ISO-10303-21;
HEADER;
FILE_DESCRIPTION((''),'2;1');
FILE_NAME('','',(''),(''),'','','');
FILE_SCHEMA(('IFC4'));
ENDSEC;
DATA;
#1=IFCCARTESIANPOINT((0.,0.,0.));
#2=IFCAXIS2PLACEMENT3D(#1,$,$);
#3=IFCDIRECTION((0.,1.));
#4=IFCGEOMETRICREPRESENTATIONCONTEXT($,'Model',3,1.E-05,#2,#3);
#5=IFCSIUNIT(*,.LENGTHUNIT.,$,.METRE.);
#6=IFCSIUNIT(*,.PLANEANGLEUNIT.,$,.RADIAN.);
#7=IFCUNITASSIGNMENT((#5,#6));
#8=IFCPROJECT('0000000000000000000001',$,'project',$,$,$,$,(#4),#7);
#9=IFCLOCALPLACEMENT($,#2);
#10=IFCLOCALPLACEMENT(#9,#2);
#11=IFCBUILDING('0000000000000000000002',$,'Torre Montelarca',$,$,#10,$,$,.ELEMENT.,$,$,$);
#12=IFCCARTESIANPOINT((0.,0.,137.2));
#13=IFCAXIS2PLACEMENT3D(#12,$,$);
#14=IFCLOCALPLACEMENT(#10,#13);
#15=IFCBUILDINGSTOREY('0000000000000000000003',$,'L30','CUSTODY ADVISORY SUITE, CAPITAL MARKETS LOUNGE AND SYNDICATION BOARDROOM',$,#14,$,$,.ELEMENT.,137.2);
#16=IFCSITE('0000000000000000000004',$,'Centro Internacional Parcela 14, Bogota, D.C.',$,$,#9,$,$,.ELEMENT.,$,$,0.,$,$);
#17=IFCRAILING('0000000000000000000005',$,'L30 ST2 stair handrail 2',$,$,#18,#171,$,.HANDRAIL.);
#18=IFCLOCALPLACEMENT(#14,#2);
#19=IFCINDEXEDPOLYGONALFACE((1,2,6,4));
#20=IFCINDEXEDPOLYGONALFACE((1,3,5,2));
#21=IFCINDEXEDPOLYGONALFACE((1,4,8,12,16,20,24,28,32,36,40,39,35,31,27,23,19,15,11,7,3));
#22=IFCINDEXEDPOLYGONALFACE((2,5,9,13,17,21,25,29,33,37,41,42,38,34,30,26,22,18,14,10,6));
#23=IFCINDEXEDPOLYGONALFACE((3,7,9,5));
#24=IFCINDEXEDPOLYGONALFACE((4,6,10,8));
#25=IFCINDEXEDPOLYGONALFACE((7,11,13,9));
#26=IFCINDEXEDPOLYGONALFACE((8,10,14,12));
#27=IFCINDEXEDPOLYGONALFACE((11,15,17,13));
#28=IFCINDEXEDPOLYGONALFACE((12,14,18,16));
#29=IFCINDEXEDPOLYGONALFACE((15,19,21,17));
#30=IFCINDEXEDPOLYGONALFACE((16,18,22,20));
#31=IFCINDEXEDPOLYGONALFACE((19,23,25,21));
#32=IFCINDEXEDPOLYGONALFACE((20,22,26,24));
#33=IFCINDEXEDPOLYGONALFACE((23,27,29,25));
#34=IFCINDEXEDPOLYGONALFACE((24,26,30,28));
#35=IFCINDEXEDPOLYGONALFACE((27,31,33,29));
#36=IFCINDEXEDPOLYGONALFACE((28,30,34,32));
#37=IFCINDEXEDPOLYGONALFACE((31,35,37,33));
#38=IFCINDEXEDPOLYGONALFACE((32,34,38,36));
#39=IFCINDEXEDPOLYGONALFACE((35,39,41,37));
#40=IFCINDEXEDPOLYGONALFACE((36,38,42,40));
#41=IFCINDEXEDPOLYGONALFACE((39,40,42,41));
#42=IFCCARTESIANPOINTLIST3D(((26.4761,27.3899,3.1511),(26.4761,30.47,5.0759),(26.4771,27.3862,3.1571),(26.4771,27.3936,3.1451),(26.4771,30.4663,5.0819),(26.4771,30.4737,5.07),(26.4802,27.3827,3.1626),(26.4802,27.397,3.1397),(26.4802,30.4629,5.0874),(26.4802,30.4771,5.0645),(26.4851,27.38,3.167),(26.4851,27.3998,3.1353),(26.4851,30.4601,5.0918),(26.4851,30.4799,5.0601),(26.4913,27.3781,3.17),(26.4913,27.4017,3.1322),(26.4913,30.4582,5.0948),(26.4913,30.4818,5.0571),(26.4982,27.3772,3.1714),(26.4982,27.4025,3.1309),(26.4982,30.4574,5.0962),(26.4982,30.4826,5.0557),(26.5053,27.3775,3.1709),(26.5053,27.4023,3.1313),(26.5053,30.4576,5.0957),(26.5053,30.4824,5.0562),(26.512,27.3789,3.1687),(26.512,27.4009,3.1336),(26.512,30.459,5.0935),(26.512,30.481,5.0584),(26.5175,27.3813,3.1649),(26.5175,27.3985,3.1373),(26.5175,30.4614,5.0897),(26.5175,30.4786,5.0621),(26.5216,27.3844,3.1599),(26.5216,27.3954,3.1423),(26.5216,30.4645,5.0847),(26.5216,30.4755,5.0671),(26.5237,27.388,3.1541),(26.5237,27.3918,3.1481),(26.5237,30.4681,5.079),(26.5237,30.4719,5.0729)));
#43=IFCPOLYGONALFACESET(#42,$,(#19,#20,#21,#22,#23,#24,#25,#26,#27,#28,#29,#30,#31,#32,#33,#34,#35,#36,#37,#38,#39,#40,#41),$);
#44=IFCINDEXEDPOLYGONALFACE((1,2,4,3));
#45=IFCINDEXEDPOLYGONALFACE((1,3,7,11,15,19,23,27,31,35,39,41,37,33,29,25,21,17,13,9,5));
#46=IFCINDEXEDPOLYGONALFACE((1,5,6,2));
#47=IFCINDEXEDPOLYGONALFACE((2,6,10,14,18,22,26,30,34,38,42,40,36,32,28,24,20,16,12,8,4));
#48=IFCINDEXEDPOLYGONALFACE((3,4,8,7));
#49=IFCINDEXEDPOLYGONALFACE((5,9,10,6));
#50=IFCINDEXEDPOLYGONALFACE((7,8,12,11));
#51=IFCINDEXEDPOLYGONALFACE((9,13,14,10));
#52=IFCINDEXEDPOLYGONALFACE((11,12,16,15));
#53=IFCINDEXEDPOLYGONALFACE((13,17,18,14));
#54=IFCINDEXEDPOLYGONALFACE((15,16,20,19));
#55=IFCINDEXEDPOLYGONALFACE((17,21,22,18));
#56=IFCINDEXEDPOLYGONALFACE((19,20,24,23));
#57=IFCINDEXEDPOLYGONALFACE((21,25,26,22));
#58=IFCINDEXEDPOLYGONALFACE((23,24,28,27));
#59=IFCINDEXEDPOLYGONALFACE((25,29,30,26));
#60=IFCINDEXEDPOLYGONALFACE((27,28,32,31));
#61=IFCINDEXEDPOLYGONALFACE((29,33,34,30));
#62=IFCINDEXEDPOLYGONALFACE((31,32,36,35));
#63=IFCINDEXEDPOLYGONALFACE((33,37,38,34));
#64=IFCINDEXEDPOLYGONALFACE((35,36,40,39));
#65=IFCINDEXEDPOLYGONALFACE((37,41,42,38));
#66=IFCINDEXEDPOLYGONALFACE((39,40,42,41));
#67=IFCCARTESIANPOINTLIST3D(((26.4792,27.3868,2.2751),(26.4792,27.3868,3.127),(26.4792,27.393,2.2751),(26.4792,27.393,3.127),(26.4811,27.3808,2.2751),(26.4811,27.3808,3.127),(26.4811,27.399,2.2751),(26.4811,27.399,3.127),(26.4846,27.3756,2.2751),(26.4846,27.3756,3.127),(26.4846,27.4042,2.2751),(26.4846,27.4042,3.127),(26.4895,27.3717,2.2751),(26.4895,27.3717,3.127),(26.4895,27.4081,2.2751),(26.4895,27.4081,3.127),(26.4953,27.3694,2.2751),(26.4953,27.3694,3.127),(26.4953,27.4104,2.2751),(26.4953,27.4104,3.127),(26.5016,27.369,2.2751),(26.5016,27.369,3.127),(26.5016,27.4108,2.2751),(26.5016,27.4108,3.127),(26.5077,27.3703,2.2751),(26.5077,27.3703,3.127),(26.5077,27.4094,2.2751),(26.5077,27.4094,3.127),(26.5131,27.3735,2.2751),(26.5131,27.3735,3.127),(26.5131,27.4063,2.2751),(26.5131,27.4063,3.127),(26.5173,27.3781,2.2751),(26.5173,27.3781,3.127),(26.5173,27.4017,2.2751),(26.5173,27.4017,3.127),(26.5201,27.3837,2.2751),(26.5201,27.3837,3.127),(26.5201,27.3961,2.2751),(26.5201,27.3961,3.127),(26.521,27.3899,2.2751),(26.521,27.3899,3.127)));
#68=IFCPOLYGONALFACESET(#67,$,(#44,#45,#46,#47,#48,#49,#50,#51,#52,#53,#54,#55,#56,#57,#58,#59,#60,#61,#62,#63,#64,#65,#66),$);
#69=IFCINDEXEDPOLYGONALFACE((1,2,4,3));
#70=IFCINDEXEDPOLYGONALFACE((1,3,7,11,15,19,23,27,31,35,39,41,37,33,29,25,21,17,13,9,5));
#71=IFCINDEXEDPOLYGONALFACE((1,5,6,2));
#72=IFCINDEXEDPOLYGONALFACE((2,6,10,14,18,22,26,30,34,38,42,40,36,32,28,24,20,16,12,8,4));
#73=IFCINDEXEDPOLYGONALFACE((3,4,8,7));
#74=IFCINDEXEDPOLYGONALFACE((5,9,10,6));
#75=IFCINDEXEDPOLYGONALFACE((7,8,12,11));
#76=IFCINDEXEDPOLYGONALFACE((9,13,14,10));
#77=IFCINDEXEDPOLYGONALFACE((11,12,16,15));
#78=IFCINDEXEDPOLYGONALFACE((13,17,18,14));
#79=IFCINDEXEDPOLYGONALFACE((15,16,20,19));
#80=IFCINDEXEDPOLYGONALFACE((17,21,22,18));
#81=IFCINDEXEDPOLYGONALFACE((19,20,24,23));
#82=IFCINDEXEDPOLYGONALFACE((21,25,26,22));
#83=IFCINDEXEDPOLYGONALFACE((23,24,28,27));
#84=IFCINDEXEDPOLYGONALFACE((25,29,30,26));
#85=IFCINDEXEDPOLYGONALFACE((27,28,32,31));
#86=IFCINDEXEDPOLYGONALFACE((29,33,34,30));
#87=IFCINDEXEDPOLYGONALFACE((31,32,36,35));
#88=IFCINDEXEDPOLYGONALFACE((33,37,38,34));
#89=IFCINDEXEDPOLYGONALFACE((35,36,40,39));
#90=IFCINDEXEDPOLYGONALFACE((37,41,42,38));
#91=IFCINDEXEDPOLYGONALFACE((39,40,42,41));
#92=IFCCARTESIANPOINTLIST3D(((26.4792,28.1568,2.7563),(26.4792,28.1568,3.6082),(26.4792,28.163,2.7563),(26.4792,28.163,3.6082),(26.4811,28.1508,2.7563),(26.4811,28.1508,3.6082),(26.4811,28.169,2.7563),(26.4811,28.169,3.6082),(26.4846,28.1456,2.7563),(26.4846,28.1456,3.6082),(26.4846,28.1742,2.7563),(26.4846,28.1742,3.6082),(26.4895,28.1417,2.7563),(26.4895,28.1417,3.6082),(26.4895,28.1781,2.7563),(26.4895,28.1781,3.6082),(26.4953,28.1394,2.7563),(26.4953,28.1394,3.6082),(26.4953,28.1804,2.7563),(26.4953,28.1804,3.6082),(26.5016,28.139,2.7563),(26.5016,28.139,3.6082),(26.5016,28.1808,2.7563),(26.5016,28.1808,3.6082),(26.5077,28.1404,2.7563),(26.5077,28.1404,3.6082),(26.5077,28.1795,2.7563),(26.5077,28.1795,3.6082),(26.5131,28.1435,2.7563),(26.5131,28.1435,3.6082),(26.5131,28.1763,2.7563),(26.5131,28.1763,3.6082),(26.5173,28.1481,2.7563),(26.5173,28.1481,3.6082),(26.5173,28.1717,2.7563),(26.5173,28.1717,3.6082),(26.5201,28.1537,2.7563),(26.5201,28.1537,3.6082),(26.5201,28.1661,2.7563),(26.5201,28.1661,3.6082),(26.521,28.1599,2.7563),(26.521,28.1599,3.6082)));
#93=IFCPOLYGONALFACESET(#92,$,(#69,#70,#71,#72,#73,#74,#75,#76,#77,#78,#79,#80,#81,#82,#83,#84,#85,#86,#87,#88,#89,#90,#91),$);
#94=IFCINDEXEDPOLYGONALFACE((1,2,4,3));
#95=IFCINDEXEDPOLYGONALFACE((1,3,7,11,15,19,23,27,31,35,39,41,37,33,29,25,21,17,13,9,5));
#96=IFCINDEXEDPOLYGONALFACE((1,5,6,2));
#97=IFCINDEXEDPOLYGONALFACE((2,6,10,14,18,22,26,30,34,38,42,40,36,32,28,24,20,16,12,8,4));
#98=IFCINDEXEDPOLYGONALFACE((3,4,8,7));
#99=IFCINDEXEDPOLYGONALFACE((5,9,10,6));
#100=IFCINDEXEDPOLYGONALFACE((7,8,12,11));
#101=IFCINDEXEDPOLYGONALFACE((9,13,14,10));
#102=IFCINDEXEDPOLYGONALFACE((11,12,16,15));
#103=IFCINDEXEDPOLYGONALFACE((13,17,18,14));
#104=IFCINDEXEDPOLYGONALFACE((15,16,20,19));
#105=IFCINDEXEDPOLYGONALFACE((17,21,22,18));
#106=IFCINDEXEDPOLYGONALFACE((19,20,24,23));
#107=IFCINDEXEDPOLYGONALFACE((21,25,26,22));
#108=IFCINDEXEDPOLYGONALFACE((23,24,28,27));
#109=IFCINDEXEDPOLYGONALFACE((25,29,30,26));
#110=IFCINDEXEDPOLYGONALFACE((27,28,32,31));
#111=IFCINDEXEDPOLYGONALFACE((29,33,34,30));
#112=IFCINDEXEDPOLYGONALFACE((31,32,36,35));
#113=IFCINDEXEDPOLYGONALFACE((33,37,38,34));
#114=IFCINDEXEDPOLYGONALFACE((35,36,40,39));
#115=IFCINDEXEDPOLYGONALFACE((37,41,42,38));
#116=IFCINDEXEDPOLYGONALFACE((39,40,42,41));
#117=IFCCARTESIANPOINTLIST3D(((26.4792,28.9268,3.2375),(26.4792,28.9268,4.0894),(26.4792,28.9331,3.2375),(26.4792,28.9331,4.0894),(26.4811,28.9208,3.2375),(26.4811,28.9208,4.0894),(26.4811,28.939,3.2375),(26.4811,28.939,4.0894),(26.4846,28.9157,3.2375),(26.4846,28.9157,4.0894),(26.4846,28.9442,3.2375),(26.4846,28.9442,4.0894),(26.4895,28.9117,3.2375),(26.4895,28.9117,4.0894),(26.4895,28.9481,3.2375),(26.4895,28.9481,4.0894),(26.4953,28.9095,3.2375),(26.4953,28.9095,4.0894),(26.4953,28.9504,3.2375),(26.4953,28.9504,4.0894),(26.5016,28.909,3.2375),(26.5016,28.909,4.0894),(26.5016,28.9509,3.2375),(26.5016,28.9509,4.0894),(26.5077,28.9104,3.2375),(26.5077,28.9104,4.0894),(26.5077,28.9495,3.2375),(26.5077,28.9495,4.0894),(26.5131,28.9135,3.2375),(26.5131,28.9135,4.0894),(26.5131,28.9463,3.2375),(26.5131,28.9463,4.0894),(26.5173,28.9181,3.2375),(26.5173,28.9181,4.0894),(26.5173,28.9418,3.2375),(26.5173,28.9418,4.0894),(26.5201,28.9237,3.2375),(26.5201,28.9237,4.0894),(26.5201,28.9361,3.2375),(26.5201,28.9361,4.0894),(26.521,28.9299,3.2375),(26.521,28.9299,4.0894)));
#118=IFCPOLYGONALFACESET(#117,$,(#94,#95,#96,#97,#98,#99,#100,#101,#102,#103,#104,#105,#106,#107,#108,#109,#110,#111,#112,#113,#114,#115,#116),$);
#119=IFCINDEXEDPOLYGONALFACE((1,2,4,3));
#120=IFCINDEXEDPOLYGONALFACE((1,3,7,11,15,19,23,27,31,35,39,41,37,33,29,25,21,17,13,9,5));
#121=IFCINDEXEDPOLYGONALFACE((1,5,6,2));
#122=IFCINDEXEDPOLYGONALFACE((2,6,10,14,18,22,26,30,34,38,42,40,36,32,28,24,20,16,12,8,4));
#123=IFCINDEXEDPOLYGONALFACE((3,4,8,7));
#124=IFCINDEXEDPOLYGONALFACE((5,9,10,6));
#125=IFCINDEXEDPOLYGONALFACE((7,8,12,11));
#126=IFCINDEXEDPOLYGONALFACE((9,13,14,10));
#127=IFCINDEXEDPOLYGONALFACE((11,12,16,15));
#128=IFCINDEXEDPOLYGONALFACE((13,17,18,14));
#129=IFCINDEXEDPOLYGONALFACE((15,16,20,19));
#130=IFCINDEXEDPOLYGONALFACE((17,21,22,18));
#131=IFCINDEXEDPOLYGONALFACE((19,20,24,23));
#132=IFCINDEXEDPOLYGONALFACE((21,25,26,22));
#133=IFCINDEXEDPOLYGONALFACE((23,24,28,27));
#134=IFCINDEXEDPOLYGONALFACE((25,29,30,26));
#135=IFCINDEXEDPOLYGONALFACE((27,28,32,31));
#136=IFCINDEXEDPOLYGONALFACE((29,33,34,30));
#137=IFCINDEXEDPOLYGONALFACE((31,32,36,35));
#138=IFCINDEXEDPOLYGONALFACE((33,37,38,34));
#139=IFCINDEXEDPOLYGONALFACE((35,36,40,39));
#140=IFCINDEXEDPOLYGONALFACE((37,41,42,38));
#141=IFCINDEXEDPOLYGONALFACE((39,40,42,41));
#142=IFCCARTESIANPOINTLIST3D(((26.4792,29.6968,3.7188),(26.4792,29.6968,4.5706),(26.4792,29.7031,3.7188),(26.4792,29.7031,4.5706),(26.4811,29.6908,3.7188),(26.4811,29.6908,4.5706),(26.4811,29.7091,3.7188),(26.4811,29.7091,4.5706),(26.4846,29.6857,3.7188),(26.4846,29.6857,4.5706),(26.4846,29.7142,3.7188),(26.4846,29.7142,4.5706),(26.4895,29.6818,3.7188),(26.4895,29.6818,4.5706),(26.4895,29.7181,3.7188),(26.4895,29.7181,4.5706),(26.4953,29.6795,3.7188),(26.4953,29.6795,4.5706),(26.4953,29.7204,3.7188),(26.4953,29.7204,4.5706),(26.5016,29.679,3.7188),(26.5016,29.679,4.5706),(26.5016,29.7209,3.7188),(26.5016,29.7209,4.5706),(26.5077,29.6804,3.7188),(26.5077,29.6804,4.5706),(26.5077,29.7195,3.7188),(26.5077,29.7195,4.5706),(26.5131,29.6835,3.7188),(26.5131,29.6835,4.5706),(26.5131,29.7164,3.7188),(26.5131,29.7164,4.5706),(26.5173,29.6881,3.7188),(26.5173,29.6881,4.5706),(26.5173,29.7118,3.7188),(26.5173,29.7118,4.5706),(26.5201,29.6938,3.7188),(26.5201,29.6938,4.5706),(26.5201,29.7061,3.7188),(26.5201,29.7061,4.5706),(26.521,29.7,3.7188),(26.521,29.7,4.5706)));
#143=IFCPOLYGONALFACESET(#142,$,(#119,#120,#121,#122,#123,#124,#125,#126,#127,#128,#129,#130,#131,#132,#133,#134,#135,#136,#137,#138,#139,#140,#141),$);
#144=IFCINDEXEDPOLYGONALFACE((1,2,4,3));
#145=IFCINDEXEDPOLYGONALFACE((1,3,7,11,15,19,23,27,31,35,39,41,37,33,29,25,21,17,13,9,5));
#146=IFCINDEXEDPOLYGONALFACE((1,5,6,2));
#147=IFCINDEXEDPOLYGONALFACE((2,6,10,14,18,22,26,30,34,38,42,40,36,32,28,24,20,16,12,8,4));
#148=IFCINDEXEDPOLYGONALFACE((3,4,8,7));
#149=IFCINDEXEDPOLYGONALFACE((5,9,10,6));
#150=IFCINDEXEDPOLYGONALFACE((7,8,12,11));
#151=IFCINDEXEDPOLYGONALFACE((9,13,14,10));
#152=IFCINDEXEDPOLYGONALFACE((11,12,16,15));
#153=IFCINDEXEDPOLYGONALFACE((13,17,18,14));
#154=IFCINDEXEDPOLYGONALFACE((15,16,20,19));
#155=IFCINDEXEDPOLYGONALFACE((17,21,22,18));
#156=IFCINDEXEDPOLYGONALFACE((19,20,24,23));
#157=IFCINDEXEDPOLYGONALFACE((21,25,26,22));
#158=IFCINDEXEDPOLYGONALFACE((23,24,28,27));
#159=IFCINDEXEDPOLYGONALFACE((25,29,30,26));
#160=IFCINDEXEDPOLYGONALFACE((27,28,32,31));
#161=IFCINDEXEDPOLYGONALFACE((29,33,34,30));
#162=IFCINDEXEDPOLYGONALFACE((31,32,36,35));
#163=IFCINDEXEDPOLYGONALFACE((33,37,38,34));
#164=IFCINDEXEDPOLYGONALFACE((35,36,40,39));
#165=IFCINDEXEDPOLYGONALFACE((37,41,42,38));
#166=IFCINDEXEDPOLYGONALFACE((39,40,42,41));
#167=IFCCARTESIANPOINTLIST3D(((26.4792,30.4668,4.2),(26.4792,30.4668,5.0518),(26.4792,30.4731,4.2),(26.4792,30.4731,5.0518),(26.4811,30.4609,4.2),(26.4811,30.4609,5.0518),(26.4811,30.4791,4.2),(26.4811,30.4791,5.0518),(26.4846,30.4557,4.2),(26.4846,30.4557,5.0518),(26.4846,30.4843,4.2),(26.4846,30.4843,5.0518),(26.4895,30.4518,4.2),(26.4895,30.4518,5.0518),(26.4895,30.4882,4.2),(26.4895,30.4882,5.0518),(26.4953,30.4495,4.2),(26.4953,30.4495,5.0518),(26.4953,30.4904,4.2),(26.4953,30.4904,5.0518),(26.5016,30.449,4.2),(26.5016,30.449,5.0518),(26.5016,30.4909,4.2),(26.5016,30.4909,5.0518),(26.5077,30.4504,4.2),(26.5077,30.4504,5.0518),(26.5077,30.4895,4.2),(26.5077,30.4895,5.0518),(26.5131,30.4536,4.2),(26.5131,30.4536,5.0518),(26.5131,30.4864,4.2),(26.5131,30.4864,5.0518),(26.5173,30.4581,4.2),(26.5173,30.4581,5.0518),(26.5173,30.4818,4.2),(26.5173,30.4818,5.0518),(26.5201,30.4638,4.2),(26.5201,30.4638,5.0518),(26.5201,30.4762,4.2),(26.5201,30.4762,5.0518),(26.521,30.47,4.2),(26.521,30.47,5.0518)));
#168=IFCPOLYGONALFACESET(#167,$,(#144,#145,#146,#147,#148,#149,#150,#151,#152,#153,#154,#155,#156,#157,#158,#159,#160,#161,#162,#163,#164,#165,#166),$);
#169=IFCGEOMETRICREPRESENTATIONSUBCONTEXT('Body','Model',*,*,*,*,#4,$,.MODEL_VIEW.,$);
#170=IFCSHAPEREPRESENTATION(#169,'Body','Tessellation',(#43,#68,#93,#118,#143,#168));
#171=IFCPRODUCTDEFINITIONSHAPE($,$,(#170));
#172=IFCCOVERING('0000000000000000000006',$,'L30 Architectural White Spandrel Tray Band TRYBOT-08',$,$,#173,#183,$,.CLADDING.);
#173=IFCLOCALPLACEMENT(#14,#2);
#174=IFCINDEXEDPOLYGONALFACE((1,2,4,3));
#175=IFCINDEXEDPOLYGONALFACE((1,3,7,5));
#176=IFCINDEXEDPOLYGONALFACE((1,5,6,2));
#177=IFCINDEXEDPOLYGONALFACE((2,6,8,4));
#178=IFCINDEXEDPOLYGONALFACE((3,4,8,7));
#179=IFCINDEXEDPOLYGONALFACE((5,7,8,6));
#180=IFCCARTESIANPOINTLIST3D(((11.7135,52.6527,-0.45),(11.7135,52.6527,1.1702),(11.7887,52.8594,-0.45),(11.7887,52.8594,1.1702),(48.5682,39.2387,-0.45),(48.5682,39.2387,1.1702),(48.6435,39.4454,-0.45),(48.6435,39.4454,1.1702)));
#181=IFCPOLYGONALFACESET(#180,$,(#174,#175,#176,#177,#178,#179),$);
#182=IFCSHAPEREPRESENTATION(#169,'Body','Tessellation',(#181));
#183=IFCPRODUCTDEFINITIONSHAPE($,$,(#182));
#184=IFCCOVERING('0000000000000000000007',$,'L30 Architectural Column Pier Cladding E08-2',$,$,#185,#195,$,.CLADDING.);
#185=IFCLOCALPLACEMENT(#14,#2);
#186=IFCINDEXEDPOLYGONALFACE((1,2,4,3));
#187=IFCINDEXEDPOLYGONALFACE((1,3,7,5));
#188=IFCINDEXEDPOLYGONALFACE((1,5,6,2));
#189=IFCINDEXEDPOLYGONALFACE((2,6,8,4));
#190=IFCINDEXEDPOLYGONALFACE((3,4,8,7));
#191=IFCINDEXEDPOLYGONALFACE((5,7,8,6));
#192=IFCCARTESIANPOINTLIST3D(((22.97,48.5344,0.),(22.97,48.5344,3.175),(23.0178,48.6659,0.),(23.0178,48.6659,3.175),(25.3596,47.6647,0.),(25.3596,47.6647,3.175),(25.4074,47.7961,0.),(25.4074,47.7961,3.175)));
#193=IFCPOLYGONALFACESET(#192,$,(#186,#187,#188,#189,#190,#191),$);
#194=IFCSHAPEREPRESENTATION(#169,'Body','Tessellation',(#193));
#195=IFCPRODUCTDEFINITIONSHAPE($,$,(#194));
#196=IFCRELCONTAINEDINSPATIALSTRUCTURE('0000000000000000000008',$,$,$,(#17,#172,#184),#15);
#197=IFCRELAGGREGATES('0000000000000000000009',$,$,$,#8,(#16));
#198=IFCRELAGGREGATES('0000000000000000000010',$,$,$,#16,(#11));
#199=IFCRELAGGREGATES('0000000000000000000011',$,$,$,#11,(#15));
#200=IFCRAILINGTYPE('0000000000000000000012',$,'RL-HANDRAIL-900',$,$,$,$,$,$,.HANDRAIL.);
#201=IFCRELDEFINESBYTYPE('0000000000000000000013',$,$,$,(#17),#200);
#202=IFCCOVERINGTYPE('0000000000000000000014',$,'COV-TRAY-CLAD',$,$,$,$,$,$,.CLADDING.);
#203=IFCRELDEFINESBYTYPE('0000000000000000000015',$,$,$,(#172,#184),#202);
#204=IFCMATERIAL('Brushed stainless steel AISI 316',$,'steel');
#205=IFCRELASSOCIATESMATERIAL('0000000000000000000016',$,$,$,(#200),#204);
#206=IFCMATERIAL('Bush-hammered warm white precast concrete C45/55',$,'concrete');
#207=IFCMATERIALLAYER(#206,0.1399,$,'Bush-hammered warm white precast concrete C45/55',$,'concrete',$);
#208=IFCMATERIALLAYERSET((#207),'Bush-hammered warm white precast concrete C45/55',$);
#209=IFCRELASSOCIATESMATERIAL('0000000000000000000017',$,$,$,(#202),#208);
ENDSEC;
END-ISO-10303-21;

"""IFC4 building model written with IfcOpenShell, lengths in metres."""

from ifc_helpers import new_model, si_unit, direction, frame, origin, origin_2d, place, context, subcontext, project, spatial, rectangle, circle, extrude, source, transform, mapped, material, layer, layer_set, type_object, element, save


model = new_model("IFC4")

# Units and contexts
model_context = context("Model", 3, precision=1e-05, world=origin(), true_north=direction((0.0, 1.0)))
body_context = subcontext(model_context, "Body", "Model", "MODEL_VIEW")
ifc_project = project(units=[si_unit("LENGTHUNIT", "METRE"), si_unit("PLANEANGLEUNIT", "RADIAN")], contexts=[model_context])

# Site, building, storey
site_placement = place(None, origin())
site = spatial("IfcSite", under=ifc_project, at=site_placement, Name="Centro Internacional Parcela 14, Bogota, D.C.", CompositionType="ELEMENT", RefElevation=0.0)
building_placement = place(site_placement, origin())
building = spatial("IfcBuilding", under=site, at=building_placement, Name="Torre Montelarca", CompositionType="ELEMENT")
storey_placement = place(building_placement, frame((0.0, 0.0, 137.2)))
storey = spatial("IfcBuildingStorey", under=building, at=storey_placement, Name="L30", Description="CUSTODY ADVISORY SUITE, CAPITAL MARKETS LOUNGE AND SYNDICATION BOARDROOM", CompositionType="ELEMENT", Elevation=137.2)

# Railing
ifc_material_1 = material(Name="Brushed stainless steel AISI 316", Category="steel")
railing_type_1 = type_object("IfcRailingType", Name="RL-HANDRAIL-900", PredefinedType="HANDRAIL", material=ifc_material_1)
railing_1_placement = place(storey_placement, frame((26.5, 27.3899, 2.2751)))
element("IfcRailing", 1, at=railing_1_placement, inside=storey, type_object=railing_type_1, Name="L30 ST2 stair handrail 2", PredefinedType="HANDRAIL", context=body_context, shape_type="SweptSolid", body=[
    extrude(circle(Radius=0.0239, at=origin_2d()), frame((0.0, 0.0, 0.876), z_axis=(0.0, 0.848029, 0.529951), x_axis=(-1.0, 0.0, 0.0)), (0.0, 0.0, 1.0), 3.6321),
    extrude(circle(Radius=0.021, at=origin_2d()), origin(), (0.0, 0.0, 1.0), 0.8518),
    extrude(circle(Radius=0.021, at=origin_2d()), frame((0.0, 0.77, 0.4812)), (0.0, 0.0, 1.0), 0.8518),
    extrude(circle(Radius=0.021, at=origin_2d()), frame((0.0, 1.54, 0.9624)), (0.0, 0.0, 1.0), 0.8518),
    extrude(circle(Radius=0.021, at=origin_2d()), frame((0.0, 2.3101, 1.4436)), (0.0, 0.0, 1.0), 0.8518),
    extrude(circle(Radius=0.021, at=origin_2d()), frame((0.0, 3.0801, 1.9248)), (0.0, 0.0, 1.0), 0.8518),
])

# Coverings
ifc_material_2 = material(Name="Bush-hammered warm white precast concrete C45/55", Category="concrete")
ifc_layer_1 = layer(ifc_material_2, 0.1399, Name="Bush-hammered warm white precast concrete C45/55", Category="concrete")
ifc_layer_set_1 = layer_set([ifc_layer_1], Name="Bush-hammered warm white precast concrete C45/55")
covering_type = type_object("IfcCoveringType", Name="COV-TRAY-CLAD", PredefinedType="CLADDING", material=ifc_layer_set_1)
shared_shape_1 = source(origin(), body_context, "Body", "SweptSolid", [
    extrude(rectangle(XDim=39.22, YDim=0.22, at=origin_2d()), origin(), (0.0, 0.0, 1.0), 1.6201),
])
covering_1_placement = place(storey_placement, frame((30.1785, 46.0491, -0.45), z_axis=(0.0, 0.0, 1.0), x_axis=(-0.939693, 0.342019, 0.0)))
element("IfcCovering", 2, at=covering_1_placement, inside=storey, type_object=covering_type, Name="L30 Architectural White Spandrel Tray Band TRYBOT-08", PredefinedType="CLADDING", context=body_context, shape_type="MappedRepresentation", body=[
    mapped(shared_shape_1, transform((0.0, 0.0, 0.0), scale=1.0)),
])
shared_shape_2 = source(origin(), body_context, "Body", "SweptSolid", [
    extrude(rectangle(XDim=2.543, YDim=0.1399, at=origin_2d()), origin(), (0.0, 0.0, 1.0), 3.175),
])
covering_2_placement = place(storey_placement, frame((24.1887, 48.1653, 0.0), z_axis=(0.0, 0.0, 1.0), x_axis=(-0.939694, 0.342017, 0.0)))
element("IfcCovering", 3, at=covering_2_placement, inside=storey, type_object=covering_type, Name="L30 Architectural Column Pier Cladding E08-2", PredefinedType="CLADDING", context=body_context, shape_type="MappedRepresentation", body=[
    mapped(shared_shape_2, transform((0.0, 0.0, 0.0), scale=1.0)),
])

save(model, "model.ifc")
